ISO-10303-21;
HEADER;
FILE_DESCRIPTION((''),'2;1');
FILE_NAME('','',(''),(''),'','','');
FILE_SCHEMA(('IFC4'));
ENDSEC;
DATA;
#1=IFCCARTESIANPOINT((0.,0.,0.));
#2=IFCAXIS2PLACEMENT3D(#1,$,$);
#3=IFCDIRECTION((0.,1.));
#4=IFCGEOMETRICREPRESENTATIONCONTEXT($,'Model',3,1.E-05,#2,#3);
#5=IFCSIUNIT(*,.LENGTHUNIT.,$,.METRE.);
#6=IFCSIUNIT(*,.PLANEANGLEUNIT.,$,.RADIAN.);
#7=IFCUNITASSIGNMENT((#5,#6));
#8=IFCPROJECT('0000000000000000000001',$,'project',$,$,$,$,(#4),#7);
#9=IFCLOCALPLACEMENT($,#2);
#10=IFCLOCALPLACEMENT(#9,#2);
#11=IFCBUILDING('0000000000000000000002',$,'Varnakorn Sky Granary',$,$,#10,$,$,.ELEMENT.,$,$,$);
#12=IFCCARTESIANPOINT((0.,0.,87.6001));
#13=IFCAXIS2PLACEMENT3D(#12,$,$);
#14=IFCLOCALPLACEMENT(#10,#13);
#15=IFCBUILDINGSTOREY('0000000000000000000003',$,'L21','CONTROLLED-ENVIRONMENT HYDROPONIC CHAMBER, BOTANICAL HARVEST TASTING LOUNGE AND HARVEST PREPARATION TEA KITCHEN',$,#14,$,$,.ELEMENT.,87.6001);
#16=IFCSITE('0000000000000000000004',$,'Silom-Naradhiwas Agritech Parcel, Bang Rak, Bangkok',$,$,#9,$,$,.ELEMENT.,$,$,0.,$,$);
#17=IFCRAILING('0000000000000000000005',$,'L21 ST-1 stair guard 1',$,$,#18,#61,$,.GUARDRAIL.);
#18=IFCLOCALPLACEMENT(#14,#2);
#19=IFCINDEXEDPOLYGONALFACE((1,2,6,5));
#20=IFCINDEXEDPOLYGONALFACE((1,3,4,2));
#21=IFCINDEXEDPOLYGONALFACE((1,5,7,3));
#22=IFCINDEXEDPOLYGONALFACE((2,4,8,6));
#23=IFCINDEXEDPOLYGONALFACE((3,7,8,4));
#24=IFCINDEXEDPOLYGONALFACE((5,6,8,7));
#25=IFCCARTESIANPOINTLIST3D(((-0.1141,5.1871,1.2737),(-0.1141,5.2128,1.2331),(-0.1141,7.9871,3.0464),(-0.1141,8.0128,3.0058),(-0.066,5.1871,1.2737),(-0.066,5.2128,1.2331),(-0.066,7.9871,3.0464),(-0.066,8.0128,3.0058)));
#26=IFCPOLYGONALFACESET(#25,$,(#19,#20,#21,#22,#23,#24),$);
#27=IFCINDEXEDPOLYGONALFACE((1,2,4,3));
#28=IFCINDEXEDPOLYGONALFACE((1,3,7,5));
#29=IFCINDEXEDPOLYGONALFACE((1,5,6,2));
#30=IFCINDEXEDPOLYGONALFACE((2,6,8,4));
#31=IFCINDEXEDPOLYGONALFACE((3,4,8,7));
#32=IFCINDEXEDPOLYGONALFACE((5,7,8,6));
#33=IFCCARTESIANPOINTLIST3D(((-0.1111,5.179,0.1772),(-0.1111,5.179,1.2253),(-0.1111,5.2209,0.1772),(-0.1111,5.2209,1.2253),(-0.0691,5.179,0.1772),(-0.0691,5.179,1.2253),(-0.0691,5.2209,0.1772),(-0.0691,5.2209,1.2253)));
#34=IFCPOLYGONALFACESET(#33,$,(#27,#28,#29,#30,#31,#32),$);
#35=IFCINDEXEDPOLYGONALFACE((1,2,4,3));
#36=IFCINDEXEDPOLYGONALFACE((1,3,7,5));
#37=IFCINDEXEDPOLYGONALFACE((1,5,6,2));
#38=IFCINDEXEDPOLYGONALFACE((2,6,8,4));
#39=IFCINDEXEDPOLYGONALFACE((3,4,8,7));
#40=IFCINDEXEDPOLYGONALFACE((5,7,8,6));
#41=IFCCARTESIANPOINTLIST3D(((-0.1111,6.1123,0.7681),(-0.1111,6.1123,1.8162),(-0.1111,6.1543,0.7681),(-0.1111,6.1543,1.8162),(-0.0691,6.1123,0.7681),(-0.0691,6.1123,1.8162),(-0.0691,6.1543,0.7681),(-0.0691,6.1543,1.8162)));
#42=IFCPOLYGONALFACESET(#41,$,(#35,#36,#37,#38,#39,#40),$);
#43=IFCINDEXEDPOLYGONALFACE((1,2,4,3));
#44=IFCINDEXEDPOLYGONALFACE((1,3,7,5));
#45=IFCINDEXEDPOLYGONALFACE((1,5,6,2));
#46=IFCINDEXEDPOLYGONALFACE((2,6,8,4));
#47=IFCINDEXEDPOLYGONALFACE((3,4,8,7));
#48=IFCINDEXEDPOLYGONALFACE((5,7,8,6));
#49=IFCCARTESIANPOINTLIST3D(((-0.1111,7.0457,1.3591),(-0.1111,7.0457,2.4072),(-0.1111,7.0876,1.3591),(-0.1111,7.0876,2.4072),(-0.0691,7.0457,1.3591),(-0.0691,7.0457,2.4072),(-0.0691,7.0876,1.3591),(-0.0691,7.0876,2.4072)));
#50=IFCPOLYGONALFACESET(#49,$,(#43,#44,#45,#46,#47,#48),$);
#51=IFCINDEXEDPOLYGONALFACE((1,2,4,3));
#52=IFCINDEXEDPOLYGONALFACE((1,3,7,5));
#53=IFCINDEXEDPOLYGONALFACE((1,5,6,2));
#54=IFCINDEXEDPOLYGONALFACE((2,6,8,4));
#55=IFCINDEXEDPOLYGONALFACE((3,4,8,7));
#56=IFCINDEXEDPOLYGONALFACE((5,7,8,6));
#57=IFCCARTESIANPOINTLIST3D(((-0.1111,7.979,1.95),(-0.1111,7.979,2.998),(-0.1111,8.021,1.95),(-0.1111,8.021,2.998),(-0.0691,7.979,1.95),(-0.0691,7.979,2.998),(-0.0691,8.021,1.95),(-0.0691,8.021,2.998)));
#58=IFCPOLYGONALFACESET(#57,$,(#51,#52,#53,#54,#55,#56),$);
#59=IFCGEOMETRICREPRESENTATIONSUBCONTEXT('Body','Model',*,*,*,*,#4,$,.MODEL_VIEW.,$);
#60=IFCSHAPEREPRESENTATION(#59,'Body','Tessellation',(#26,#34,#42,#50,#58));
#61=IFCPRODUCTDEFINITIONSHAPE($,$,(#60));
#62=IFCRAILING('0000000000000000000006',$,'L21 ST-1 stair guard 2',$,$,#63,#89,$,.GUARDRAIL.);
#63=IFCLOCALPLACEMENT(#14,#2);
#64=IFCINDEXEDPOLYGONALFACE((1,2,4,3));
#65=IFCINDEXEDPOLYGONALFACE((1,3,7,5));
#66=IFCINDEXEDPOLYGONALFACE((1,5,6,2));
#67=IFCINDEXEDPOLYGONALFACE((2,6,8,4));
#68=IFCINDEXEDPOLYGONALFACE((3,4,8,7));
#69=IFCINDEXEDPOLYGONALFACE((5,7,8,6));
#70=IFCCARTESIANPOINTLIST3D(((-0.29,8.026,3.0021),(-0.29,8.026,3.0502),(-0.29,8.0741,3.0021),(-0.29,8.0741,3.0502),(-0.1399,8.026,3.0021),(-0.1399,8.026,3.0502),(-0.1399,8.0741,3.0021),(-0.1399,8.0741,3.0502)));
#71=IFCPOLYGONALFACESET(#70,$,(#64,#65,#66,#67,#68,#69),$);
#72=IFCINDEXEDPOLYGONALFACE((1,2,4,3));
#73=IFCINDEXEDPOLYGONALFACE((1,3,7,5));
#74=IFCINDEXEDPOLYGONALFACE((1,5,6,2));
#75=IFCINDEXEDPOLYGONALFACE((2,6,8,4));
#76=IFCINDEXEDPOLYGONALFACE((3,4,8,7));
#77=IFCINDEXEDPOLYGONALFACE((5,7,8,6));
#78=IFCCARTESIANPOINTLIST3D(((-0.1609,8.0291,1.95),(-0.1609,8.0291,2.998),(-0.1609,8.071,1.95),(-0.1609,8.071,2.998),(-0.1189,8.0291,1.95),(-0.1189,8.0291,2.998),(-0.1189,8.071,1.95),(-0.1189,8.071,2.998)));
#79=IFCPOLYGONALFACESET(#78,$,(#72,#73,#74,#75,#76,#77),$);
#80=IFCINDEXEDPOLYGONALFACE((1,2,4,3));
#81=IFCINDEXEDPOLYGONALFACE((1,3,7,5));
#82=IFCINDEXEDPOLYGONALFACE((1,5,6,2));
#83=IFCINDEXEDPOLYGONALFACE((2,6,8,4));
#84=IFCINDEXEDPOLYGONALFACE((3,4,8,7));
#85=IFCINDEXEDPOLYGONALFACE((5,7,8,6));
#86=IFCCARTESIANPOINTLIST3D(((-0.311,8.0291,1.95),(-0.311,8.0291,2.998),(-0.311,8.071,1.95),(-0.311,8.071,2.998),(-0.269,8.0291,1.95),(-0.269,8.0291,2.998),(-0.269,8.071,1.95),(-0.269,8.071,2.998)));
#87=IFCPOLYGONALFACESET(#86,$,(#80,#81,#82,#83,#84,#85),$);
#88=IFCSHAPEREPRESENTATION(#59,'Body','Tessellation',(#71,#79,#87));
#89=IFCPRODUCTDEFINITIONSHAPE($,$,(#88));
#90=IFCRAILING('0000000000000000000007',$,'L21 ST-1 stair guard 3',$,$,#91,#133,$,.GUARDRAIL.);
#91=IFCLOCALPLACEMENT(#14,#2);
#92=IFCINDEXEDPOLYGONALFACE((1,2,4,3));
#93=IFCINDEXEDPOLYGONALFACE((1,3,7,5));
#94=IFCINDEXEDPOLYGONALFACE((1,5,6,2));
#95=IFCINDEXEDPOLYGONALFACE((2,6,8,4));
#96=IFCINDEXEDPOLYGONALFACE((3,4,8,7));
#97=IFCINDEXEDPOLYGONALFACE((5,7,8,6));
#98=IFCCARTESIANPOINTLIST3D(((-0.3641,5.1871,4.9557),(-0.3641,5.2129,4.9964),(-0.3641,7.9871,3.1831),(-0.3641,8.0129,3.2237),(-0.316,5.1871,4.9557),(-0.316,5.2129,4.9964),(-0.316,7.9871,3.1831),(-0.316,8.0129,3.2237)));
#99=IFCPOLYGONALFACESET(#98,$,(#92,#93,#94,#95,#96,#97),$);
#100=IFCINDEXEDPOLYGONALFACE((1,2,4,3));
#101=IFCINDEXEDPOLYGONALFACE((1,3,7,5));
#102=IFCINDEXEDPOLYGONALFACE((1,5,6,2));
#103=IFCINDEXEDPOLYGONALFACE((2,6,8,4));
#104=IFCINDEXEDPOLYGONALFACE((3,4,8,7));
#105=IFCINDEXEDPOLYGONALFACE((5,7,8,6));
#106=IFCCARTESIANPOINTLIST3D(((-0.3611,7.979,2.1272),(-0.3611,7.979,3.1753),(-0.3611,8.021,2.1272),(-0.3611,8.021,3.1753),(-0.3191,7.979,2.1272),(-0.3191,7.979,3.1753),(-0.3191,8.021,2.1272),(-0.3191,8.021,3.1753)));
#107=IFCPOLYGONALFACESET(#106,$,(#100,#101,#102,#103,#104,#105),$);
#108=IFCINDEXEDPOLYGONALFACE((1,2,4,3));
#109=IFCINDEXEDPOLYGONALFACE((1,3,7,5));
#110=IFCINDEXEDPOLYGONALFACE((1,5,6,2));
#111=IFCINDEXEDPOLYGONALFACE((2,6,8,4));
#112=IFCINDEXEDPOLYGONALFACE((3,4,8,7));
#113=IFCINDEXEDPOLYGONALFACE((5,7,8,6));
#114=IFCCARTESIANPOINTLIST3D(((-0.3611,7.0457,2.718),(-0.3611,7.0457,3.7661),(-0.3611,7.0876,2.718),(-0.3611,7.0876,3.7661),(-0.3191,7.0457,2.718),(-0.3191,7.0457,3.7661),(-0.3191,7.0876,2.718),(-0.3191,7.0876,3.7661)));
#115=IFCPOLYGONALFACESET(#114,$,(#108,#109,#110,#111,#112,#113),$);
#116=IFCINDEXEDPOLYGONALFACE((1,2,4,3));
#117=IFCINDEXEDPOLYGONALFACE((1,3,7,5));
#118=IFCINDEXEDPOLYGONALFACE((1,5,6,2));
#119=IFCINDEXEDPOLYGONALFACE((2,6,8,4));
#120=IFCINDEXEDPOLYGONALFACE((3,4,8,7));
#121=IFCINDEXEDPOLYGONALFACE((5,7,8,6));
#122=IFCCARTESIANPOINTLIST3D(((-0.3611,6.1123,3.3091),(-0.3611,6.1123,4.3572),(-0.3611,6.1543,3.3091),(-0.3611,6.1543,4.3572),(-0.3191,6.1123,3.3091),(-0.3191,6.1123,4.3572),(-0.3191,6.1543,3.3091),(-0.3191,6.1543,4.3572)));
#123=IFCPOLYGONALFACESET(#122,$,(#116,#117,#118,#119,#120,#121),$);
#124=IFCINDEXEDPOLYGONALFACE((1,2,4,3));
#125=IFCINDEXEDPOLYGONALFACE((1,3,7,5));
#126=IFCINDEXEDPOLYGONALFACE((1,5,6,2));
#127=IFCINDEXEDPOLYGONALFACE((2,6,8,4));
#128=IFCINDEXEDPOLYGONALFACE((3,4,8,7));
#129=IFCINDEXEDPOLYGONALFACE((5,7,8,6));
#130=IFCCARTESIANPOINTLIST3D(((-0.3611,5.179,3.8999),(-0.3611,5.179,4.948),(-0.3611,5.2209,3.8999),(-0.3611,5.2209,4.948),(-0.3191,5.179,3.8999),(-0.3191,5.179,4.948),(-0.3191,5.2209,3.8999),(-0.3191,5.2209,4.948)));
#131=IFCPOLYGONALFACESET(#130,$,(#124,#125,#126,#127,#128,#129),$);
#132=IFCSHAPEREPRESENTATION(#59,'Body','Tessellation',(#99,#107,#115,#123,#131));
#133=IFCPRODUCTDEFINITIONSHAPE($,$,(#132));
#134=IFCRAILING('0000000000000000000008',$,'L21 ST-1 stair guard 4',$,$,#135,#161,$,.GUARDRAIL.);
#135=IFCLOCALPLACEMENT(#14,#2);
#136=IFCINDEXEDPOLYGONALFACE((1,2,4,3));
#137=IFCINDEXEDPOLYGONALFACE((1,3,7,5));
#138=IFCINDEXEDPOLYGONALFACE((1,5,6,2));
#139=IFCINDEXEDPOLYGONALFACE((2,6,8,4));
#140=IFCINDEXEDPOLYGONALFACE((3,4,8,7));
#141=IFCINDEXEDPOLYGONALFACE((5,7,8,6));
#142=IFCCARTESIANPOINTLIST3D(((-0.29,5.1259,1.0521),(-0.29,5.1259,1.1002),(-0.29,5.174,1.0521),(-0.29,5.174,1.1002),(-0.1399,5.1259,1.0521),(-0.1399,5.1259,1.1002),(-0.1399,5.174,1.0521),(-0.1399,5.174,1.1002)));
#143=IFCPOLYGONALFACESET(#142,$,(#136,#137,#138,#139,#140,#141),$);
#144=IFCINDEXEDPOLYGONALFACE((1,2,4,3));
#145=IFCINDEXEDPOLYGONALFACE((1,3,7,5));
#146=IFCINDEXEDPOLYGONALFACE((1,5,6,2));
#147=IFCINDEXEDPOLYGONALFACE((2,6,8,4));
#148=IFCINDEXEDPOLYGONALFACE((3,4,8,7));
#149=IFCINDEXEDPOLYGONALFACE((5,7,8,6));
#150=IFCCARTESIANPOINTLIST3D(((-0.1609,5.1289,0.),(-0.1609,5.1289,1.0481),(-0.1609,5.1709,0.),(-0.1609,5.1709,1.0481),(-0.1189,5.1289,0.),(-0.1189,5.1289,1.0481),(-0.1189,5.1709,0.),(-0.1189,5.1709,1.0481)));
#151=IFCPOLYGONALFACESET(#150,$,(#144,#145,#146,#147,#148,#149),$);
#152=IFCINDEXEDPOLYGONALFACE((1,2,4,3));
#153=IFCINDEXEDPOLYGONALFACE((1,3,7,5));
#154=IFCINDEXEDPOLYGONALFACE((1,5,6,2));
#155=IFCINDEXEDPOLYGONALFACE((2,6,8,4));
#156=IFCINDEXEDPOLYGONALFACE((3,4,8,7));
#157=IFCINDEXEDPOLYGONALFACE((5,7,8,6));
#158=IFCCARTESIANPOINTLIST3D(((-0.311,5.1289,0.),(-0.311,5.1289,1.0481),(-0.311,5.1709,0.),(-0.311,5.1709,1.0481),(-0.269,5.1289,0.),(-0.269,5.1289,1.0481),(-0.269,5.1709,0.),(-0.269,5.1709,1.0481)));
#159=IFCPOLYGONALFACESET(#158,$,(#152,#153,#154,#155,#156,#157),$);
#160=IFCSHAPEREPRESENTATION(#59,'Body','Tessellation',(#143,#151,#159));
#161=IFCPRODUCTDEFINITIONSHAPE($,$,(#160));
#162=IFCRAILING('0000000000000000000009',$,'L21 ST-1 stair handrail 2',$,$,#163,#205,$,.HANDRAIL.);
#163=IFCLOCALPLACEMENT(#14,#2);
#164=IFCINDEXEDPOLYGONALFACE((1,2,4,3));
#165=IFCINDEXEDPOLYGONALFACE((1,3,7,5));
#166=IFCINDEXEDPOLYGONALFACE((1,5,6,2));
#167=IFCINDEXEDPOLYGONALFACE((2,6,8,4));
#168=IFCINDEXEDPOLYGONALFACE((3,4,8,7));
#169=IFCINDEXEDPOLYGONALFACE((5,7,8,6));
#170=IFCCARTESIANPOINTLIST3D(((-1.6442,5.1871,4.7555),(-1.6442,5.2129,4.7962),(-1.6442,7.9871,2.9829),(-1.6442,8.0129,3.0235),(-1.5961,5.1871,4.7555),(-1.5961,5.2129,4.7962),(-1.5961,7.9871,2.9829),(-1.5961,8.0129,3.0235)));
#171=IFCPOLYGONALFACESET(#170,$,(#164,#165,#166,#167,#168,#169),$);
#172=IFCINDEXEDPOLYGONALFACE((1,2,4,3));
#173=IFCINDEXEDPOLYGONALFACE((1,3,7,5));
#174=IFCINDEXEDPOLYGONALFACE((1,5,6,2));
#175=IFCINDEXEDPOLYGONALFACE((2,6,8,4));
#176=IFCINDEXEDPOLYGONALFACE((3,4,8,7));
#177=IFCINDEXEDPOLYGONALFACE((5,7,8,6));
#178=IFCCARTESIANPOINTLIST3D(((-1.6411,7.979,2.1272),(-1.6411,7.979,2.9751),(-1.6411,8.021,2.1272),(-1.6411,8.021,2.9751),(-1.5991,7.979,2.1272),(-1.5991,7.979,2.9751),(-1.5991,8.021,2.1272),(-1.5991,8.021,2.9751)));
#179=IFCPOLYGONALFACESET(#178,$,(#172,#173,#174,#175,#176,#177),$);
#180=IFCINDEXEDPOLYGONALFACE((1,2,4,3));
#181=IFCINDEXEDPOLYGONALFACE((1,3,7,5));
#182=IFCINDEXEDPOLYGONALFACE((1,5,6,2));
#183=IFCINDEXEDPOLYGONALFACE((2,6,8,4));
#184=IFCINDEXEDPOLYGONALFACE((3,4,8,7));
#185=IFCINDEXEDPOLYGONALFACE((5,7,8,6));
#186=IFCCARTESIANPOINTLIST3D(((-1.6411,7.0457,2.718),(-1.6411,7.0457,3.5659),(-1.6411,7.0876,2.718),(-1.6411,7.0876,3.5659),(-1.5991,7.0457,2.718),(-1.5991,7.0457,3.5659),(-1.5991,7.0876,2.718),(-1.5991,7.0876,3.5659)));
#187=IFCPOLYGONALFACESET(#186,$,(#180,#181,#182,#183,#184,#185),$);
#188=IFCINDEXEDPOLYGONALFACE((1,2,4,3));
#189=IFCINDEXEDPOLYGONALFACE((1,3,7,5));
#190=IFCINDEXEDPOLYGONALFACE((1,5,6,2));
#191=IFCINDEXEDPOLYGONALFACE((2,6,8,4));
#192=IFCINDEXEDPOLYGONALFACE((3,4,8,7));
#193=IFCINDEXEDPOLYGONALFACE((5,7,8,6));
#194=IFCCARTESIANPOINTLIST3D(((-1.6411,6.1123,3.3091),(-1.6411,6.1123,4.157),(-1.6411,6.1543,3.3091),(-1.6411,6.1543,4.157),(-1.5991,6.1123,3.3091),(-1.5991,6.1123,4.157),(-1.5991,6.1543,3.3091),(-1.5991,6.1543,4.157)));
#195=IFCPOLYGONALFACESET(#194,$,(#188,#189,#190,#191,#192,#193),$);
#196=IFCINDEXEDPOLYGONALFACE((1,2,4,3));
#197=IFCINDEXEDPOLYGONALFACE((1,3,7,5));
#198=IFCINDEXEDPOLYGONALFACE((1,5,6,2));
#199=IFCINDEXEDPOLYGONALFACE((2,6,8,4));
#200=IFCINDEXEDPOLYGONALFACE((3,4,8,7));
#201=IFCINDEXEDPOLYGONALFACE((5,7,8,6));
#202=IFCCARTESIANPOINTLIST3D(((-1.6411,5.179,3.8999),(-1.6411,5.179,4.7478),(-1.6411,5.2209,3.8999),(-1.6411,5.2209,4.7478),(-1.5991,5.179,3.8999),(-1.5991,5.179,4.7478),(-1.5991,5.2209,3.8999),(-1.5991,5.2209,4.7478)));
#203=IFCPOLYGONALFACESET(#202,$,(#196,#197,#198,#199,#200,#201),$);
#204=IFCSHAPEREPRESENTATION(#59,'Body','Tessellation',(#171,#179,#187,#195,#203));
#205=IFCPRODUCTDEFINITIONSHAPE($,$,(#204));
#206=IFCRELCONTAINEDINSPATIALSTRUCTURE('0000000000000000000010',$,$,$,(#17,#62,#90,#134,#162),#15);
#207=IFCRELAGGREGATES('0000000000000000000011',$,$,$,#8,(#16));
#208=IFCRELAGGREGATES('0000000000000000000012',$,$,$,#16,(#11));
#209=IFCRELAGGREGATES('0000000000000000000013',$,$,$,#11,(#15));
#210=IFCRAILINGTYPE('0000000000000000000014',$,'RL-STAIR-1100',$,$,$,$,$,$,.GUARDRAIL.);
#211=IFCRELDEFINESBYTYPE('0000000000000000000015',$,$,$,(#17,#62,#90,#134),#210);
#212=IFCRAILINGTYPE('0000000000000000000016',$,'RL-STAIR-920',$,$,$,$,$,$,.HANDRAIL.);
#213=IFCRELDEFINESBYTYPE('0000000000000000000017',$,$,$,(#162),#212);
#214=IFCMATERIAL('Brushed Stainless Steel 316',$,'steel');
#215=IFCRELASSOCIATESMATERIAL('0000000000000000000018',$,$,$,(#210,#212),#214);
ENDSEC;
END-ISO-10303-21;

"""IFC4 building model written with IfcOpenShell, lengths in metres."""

from ifc_helpers import new_model, si_unit, direction, frame, origin, origin_2d, place, context, subcontext, project, spatial, rectangle, extrude, material, type_object, element, save


model = new_model("IFC4")

# Units and contexts
model_context = context("Model", 3, precision=1e-05, world=origin(), true_north=direction((0.0, 1.0)))
body_context = subcontext(model_context, "Body", "Model", "MODEL_VIEW")
ifc_project = project(units=[si_unit("LENGTHUNIT", "METRE"), si_unit("PLANEANGLEUNIT", "RADIAN")], contexts=[model_context])

# Site, building, storey
site_placement = place(None, origin())
site = spatial("IfcSite", under=ifc_project, at=site_placement, Name="Silom-Naradhiwas Agritech Parcel, Bang Rak, Bangkok", CompositionType="ELEMENT", RefElevation=0.0)
building_placement = place(site_placement, origin())
building = spatial("IfcBuilding", under=site, at=building_placement, Name="Varnakorn Sky Granary", CompositionType="ELEMENT")
storey_placement = place(building_placement, frame((0.0, 0.0, 87.6001)))
storey = spatial("IfcBuildingStorey", under=building, at=storey_placement, Name="L21", Description="CONTROLLED-ENVIRONMENT HYDROPONIC CHAMBER, BOTANICAL HARVEST TASTING LOUNGE AND HARVEST PREPARATION TEA KITCHEN", CompositionType="ELEMENT", Elevation=87.6001)

# Railings
ifc_material_1 = material(Name="Brushed Stainless Steel 316", Category="steel")
railing_type_1 = type_object("IfcRailingType", Name="RL-STAIR-1100", PredefinedType="GUARDRAIL", material=ifc_material_1)
railing_1_placement = place(storey_placement, frame((-0.0901, 5.2, 0.1772)))
element("IfcRailing", 1, at=railing_1_placement, inside=storey, type_object=railing_type_1, Name="L21 ST-1 stair guard 1", PredefinedType="GUARDRAIL", context=body_context, shape_type="SweptSolid", body=[
    extrude(rectangle(XDim=0.0481, YDim=0.0481, at=origin_2d()), frame((0.0, 0.0, 1.0762), z_axis=(0.0, 0.844909, 0.53491), x_axis=(-1.0, 0.0, 0.0)), (0.0, 0.0, 1.0), 3.314),
    extrude(rectangle(XDim=0.042, YDim=0.042, at=origin_2d()), origin(), (0.0, 0.0, 1.0), 1.0481),
    extrude(rectangle(XDim=0.042, YDim=0.042, at=origin_2d()), frame((0.0, 0.9333, 0.5908)), (0.0, 0.0, 1.0), 1.0481),
    extrude(rectangle(XDim=0.042, YDim=0.042, at=origin_2d()), frame((0.0, 1.8667, 1.1819)), (0.0, 0.0, 1.0), 1.0481),
    extrude(rectangle(XDim=0.042, YDim=0.042, at=origin_2d()), frame((0.0, 2.8, 1.7727)), (0.0, 0.0, 1.0), 1.0481),
])
railing_2_placement = place(storey_placement, frame((-0.1399, 8.05, 1.95)))
element("IfcRailing", 2, at=railing_2_placement, inside=storey, type_object=railing_type_1, Name="L21 ST-1 stair guard 2", PredefinedType="GUARDRAIL", context=body_context, shape_type="SweptSolid", body=[
    extrude(rectangle(XDim=0.0481, YDim=0.0481, at=origin_2d()), frame((0.0, 0.0, 1.0762), z_axis=(-1.0, 0.0, 0.0), x_axis=(0.0, -1.0, 0.0)), (0.0, 0.0, 1.0), 0.1501),
    extrude(rectangle(XDim=0.042, YDim=0.042, at=origin_2d()), origin(), (0.0, 0.0, 1.0), 1.0481),
    extrude(rectangle(XDim=0.042, YDim=0.042, at=origin_2d()), frame((-0.1501, 0.0, 0.0)), (0.0, 0.0, 1.0), 1.0481),
])
railing_3_placement = place(storey_placement, frame((-0.3401, 8.0, 2.1272)))
element("IfcRailing", 3, at=railing_3_placement, inside=storey, type_object=railing_type_1, Name="L21 ST-1 stair guard 3", PredefinedType="GUARDRAIL", context=body_context, shape_type="SweptSolid", body=[
    extrude(rectangle(XDim=0.0481, YDim=0.0481, at=origin_2d()), frame((0.0, 0.0, 1.0762), z_axis=(0.0, -0.844909, 0.53491), x_axis=(1.0, 0.0, 0.0)), (0.0, 0.0, 1.0), 3.314),
    extrude(rectangle(XDim=0.042, YDim=0.042, at=origin_2d()), origin(), (0.0, 0.0, 1.0), 1.0481),
    extrude(rectangle(XDim=0.042, YDim=0.042, at=origin_2d()), frame((0.0, -0.9333, 0.5908)), (0.0, 0.0, 1.0), 1.0481),
    extrude(rectangle(XDim=0.042, YDim=0.042, at=origin_2d()), frame((0.0, -1.8667, 1.1819)), (0.0, 0.0, 1.0), 1.0481),
    extrude(rectangle(XDim=0.042, YDim=0.042, at=origin_2d()), frame((0.0, -2.8, 1.7727)), (0.0, 0.0, 1.0), 1.0481),
])
railing_4_placement = place(storey_placement, frame((-0.1399, 5.1499, 0.0)))
element("IfcRailing", 4, at=railing_4_placement, inside=storey, type_object=railing_type_1, Name="L21 ST-1 stair guard 4", PredefinedType="GUARDRAIL", context=body_context, shape_type="SweptSolid", body=[
    extrude(rectangle(XDim=0.0481, YDim=0.0481, at=origin_2d()), frame((0.0, 0.0, 1.0762), z_axis=(-1.0, 0.0, 0.0), x_axis=(0.0, -1.0, 0.0)), (0.0, 0.0, 1.0), 0.1501),
    extrude(rectangle(XDim=0.042, YDim=0.042, at=origin_2d()), origin(), (0.0, 0.0, 1.0), 1.0481),
    extrude(rectangle(XDim=0.042, YDim=0.042, at=origin_2d()), frame((-0.1501, 0.0, 0.0)), (0.0, 0.0, 1.0), 1.0481),
])
railing_type_2 = type_object("IfcRailingType", Name="RL-STAIR-920", PredefinedType="HANDRAIL", material=ifc_material_1)
railing_5_placement = place(storey_placement, frame((-1.6201, 8.0, 2.1272)))
element("IfcRailing", 5, at=railing_5_placement, inside=storey, type_object=railing_type_2, Name="L21 ST-1 stair handrail 2", PredefinedType="HANDRAIL", context=body_context, shape_type="SweptSolid", body=[
    extrude(rectangle(XDim=0.0481, YDim=0.0481, at=origin_2d()), frame((0.0, 0.0, 0.876), z_axis=(0.0, -0.844909, 0.53491), x_axis=(1.0, 0.0, 0.0)), (0.0, 0.0, 1.0), 3.314),
    extrude(rectangle(XDim=0.042, YDim=0.042, at=origin_2d()), origin(), (0.0, 0.0, 1.0), 0.8479),
    extrude(rectangle(XDim=0.042, YDim=0.042, at=origin_2d()), frame((0.0, -0.9333, 0.5908)), (0.0, 0.0, 1.0), 0.8479),
    extrude(rectangle(XDim=0.042, YDim=0.042, at=origin_2d()), frame((0.0, -1.8667, 1.1819)), (0.0, 0.0, 1.0), 0.8479),
    extrude(rectangle(XDim=0.042, YDim=0.042, at=origin_2d()), frame((0.0, -2.8, 1.7727)), (0.0, 0.0, 1.0), 0.8479),
])

save(model, "model.ifc")
